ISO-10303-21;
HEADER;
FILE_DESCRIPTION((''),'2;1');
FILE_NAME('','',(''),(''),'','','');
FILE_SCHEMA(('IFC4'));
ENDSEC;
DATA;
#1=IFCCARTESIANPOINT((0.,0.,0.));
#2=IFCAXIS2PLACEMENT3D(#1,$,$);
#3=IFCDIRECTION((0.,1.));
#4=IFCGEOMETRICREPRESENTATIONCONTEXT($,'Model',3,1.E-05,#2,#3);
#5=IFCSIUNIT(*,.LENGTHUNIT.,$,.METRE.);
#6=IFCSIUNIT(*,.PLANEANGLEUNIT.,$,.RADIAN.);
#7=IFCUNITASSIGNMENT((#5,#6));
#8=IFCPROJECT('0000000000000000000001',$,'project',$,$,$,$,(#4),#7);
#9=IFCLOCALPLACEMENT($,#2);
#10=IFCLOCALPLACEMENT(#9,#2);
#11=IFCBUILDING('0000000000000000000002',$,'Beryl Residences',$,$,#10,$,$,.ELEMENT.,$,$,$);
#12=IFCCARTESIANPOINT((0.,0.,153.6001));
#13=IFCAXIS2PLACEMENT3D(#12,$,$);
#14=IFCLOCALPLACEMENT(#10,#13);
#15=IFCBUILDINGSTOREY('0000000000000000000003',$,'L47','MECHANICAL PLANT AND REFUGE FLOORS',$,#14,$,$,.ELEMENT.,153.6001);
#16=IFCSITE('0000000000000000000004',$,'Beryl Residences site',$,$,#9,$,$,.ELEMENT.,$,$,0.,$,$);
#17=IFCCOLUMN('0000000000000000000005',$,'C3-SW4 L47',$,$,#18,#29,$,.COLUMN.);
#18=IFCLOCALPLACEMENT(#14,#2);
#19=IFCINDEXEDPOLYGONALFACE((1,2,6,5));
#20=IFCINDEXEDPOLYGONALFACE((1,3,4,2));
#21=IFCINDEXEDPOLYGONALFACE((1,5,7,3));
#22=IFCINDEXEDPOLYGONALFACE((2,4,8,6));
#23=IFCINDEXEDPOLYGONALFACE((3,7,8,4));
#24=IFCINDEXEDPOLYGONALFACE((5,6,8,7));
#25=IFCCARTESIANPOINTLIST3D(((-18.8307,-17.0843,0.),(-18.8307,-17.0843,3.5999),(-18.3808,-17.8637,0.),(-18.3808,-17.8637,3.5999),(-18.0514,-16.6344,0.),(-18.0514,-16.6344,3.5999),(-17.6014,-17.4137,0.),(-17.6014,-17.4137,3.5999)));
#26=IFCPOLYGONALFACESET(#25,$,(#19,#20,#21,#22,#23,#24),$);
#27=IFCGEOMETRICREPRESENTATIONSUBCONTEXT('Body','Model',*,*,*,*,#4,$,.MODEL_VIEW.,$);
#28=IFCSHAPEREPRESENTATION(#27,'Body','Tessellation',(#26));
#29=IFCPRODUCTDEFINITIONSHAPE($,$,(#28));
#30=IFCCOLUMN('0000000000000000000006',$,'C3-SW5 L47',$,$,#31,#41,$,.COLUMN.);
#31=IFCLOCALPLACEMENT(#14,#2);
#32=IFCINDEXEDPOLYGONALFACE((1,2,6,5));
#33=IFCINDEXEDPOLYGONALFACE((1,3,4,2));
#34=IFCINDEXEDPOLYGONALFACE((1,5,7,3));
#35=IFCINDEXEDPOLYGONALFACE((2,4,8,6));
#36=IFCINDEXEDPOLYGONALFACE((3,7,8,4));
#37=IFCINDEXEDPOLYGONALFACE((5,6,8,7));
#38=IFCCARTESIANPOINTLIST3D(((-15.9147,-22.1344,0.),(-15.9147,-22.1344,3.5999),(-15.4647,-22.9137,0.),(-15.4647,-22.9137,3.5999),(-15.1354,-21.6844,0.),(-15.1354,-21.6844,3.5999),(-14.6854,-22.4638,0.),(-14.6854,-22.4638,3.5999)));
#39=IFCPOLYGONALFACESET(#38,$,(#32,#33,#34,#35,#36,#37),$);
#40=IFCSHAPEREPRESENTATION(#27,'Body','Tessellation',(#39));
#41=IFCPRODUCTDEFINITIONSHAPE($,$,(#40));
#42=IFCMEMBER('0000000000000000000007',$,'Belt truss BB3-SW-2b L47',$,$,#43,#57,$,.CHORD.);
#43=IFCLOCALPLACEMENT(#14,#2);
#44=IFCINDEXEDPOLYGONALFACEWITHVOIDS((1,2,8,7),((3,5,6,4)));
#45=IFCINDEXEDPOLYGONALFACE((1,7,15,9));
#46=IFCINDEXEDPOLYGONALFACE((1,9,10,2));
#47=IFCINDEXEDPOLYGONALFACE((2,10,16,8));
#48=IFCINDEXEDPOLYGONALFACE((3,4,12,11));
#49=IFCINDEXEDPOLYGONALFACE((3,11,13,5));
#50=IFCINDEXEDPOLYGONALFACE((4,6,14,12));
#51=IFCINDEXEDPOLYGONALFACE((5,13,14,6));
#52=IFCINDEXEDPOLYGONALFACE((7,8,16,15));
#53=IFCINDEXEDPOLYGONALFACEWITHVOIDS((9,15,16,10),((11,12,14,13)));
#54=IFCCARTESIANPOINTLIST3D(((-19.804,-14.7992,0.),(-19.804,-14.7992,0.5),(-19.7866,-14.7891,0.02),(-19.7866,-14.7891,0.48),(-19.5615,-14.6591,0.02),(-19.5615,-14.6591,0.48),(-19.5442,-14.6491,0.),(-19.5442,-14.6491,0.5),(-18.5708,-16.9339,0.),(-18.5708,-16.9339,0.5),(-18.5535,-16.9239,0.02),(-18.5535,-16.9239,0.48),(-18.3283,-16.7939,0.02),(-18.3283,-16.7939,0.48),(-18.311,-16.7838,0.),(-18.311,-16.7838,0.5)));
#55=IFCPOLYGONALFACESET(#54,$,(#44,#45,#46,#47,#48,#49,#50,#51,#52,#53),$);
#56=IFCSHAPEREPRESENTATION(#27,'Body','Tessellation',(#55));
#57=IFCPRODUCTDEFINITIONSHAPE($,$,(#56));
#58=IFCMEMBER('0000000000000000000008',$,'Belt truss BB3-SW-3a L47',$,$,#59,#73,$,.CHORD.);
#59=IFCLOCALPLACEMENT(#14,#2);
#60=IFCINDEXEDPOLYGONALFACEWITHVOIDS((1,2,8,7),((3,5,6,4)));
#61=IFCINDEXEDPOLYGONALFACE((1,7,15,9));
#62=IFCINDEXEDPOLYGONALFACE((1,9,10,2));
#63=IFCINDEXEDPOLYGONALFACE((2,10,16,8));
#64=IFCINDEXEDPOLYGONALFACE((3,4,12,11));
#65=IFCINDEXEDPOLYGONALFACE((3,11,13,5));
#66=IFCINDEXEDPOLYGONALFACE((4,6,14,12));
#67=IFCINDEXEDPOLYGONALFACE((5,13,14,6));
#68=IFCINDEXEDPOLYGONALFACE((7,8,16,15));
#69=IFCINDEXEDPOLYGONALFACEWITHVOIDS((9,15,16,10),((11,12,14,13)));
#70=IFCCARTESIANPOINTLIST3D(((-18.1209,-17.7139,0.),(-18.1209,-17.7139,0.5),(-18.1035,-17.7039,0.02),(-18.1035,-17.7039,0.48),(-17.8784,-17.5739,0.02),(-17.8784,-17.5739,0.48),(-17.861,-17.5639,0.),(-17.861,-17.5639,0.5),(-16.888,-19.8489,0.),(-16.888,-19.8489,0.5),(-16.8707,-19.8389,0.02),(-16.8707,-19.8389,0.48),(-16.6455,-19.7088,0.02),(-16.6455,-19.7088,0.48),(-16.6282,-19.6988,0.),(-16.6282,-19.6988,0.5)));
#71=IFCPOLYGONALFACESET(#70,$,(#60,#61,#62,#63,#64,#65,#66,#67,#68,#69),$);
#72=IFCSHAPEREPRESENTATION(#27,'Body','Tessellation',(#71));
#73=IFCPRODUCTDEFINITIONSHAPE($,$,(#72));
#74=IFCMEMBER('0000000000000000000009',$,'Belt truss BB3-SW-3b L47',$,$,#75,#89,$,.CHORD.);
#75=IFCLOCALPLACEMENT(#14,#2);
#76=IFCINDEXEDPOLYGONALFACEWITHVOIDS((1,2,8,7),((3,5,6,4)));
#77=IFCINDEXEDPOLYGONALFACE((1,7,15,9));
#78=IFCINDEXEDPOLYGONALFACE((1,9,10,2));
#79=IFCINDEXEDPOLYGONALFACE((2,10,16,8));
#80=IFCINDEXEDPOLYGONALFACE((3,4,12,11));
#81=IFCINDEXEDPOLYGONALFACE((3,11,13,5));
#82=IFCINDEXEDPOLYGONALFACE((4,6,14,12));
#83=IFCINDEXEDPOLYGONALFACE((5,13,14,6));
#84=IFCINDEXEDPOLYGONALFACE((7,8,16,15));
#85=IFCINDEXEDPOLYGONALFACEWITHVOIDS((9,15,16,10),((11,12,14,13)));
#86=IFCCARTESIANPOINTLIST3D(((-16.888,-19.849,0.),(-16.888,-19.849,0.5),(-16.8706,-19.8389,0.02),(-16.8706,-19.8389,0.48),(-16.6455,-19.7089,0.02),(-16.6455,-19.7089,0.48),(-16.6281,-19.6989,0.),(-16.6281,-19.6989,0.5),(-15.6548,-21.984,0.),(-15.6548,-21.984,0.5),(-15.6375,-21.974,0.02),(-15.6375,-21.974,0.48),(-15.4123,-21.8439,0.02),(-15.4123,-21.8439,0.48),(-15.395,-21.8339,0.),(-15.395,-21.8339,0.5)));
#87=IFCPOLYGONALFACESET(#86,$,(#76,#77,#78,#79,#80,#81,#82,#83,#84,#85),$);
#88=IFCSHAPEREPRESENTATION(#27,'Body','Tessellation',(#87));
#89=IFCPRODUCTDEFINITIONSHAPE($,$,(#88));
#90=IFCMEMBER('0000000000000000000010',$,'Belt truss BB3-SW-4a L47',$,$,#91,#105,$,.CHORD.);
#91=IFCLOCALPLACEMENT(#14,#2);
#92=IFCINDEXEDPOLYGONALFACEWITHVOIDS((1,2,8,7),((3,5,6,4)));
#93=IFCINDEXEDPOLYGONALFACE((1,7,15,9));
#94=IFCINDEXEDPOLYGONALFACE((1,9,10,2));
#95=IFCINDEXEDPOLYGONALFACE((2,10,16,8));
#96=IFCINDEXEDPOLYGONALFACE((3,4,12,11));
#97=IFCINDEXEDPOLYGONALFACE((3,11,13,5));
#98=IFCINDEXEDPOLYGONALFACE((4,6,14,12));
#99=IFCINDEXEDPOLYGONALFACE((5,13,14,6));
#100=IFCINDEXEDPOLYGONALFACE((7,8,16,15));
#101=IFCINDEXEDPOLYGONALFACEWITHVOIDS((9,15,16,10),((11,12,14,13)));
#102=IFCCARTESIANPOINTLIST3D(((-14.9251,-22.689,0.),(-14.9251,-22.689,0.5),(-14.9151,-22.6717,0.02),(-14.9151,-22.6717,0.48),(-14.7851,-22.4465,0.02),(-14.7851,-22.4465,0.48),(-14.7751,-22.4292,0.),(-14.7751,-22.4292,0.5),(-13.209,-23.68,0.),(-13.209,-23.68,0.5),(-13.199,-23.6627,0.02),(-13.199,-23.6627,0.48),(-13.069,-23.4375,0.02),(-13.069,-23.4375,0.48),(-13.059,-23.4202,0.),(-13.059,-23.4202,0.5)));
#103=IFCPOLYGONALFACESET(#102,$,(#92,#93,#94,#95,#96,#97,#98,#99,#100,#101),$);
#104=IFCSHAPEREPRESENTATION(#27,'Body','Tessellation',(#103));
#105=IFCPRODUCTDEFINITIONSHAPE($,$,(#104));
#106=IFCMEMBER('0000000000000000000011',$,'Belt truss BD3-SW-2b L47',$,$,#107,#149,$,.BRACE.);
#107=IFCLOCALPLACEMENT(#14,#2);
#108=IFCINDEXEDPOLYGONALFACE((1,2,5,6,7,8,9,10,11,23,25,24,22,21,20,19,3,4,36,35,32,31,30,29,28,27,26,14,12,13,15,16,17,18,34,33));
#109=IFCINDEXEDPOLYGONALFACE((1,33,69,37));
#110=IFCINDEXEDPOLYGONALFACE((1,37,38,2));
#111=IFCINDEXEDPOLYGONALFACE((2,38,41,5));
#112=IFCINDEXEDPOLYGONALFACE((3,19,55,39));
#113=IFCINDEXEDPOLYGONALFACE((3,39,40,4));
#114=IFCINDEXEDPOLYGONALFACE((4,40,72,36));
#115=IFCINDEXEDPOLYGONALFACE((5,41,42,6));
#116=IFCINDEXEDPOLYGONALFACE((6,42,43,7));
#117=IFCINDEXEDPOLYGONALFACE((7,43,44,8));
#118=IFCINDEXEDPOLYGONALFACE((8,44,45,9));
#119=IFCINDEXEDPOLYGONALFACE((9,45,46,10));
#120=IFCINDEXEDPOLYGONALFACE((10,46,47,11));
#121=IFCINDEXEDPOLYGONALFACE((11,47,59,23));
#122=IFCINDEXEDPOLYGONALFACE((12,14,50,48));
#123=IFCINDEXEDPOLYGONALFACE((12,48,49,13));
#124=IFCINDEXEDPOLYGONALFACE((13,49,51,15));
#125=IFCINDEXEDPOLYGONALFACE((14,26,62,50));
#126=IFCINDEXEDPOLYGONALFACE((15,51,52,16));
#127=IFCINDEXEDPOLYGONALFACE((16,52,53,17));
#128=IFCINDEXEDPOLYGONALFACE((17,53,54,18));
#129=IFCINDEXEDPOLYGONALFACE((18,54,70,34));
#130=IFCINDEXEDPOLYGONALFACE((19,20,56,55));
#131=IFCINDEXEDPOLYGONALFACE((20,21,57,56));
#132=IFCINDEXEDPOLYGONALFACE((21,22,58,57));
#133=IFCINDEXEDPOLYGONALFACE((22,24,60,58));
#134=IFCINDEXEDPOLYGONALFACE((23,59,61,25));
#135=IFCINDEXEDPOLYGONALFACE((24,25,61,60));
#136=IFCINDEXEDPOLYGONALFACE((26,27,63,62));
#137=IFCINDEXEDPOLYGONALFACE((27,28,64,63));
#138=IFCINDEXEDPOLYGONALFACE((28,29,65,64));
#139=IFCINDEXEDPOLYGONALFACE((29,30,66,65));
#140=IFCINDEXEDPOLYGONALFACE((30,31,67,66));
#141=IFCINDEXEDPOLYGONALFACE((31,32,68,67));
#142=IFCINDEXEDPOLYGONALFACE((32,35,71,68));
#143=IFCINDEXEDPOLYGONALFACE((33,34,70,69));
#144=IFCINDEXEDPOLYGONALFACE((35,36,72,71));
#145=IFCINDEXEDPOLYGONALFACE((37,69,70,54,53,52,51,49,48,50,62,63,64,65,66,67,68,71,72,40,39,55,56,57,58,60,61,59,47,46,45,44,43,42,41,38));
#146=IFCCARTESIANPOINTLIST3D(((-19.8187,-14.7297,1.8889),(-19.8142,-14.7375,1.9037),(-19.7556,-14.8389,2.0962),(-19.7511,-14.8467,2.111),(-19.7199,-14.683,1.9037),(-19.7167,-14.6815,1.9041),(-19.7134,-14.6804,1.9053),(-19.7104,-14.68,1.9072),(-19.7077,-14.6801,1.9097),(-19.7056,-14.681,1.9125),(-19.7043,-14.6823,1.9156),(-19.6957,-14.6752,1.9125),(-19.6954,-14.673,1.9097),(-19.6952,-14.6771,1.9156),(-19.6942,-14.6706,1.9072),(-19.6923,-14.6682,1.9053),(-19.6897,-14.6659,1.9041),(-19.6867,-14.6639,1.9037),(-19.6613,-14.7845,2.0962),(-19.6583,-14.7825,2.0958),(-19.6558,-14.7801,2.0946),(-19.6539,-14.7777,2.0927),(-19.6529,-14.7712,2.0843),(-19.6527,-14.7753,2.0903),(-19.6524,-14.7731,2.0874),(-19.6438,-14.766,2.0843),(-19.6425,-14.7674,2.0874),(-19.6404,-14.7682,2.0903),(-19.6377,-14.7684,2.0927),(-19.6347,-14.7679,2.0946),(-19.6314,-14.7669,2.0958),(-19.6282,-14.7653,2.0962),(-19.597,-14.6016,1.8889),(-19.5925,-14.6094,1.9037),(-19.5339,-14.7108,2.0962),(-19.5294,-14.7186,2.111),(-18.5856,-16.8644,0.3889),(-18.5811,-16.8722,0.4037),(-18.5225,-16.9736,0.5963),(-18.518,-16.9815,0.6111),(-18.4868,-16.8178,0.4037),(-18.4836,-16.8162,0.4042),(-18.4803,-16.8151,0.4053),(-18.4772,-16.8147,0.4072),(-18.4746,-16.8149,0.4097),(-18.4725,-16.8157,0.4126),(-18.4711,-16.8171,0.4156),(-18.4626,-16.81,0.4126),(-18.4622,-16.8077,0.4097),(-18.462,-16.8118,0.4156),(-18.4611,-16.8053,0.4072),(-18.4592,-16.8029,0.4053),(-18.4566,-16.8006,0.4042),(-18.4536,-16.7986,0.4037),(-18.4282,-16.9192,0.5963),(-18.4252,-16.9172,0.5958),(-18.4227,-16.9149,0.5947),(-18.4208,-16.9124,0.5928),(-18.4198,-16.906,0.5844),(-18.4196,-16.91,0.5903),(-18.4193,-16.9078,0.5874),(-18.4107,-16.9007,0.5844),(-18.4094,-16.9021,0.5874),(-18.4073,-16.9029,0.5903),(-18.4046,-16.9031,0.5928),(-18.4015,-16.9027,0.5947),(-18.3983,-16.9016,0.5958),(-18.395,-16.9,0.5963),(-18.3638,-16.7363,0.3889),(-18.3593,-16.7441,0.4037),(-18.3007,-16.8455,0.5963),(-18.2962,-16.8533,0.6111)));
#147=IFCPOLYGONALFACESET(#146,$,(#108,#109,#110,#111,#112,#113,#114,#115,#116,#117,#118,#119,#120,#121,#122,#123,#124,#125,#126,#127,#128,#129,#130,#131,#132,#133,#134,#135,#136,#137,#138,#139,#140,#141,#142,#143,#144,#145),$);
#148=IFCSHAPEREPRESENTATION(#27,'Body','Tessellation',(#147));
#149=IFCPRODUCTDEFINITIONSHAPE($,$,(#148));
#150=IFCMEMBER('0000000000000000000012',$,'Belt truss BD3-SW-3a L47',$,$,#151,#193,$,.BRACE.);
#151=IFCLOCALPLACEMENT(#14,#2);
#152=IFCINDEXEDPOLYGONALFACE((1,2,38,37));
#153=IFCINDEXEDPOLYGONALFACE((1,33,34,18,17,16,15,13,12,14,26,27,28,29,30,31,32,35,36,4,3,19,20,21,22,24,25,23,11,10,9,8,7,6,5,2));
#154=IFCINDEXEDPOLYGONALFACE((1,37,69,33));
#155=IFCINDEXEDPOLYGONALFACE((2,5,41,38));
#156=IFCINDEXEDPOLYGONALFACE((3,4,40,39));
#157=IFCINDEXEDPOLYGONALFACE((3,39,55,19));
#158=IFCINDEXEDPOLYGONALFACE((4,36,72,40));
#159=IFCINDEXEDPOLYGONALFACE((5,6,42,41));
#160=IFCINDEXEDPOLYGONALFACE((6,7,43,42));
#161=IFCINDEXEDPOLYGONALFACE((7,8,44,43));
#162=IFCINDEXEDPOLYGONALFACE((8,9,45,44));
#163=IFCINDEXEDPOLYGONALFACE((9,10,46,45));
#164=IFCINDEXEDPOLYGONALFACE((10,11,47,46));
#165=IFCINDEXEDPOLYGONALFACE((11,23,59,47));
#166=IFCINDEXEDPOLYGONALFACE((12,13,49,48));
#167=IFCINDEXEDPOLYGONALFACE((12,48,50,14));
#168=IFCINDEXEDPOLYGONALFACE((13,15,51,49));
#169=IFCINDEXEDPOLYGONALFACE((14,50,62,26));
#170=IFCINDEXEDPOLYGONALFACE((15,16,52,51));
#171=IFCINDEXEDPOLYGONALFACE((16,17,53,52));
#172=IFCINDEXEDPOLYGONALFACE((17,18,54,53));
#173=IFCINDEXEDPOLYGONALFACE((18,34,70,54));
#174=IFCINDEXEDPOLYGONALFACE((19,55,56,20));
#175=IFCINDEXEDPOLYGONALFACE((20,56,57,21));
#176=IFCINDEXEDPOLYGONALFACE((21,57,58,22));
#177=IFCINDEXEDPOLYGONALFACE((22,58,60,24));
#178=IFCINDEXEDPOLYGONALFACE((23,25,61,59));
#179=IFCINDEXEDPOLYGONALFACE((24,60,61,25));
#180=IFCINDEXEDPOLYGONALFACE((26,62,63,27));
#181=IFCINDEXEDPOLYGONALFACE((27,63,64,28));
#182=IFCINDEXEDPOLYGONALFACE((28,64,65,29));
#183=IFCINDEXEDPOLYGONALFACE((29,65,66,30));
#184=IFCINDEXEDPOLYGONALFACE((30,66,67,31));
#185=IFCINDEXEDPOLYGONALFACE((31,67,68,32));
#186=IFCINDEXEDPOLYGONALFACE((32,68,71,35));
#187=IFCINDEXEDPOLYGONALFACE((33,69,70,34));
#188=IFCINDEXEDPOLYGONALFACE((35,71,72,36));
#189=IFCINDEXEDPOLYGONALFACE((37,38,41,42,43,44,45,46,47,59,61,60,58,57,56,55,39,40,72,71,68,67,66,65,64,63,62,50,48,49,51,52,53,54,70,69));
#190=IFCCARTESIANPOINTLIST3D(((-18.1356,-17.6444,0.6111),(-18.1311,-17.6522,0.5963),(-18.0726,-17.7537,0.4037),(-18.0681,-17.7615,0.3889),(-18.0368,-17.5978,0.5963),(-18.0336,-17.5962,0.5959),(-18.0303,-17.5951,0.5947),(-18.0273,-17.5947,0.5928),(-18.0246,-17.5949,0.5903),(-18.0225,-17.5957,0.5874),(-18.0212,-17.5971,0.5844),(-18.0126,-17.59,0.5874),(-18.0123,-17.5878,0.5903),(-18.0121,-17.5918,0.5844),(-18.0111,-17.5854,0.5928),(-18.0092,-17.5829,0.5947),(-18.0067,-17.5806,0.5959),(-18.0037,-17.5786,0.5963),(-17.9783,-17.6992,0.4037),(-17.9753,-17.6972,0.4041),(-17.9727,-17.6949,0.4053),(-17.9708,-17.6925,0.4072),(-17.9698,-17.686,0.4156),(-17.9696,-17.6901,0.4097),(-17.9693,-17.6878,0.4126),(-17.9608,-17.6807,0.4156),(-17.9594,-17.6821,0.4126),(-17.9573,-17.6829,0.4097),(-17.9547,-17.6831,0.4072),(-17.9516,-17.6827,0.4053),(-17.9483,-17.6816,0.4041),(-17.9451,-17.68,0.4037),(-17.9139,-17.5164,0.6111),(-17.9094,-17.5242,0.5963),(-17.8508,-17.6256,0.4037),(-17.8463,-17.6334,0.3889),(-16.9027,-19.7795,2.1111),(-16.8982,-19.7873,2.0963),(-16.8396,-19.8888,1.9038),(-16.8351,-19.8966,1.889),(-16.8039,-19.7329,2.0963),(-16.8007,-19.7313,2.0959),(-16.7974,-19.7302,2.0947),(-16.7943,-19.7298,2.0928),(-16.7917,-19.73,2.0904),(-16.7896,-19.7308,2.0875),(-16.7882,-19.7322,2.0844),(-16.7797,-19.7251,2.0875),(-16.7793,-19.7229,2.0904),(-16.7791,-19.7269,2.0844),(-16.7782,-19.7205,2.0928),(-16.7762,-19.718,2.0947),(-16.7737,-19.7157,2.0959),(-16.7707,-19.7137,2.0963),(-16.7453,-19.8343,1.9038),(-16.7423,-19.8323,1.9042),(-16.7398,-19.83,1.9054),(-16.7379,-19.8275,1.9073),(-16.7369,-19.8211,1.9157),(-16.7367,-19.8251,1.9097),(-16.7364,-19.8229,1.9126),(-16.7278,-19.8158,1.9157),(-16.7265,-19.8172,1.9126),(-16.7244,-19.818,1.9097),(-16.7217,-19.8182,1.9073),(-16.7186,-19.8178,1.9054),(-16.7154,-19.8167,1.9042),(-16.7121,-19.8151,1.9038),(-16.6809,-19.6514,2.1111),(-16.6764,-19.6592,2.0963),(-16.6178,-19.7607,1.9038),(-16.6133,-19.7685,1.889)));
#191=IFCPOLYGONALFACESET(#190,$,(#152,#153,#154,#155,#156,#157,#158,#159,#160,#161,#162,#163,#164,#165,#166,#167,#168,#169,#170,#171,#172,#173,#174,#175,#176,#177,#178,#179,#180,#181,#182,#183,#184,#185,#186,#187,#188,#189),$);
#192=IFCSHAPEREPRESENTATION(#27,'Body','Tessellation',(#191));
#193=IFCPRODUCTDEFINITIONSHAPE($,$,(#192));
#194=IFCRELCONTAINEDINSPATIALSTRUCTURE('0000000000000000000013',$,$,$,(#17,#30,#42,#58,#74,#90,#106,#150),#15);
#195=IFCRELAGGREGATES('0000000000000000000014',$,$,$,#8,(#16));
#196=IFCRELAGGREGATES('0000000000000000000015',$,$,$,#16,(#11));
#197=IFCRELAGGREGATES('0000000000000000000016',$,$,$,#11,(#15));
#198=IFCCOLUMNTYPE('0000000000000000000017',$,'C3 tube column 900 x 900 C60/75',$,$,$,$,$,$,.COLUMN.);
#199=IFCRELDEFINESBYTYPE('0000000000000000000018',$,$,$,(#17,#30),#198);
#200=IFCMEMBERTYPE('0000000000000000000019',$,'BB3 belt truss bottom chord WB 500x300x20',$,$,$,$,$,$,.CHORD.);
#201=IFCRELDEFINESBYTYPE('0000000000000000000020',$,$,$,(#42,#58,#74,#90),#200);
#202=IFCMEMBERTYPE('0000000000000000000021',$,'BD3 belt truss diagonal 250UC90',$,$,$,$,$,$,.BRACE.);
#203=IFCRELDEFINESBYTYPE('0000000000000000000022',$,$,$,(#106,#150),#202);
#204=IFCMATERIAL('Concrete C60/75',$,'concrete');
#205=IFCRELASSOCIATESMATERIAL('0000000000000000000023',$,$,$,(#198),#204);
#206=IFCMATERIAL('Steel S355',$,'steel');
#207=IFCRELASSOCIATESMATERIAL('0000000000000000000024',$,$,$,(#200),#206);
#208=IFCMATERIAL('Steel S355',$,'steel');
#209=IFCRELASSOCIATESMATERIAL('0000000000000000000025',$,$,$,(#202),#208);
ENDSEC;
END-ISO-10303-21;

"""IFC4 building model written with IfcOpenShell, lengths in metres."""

from ifc_helpers import new_model, si_unit, direction, frame, origin, origin_2d, place, context, subcontext, project, spatial, rectangle, hollow_rectangle, i_section, extrude, material, material_profile, profile_set, type_object, element, save


model = new_model("IFC4")

# Units and contexts
model_context = context("Model", 3, precision=1e-05, world=origin(), true_north=direction((0.0, 1.0)))
body_context = subcontext(model_context, "Body", "Model", "MODEL_VIEW")
ifc_project = project(units=[si_unit("LENGTHUNIT", "METRE"), si_unit("PLANEANGLEUNIT", "RADIAN")], contexts=[model_context])

# Site, building, storey
site_placement = place(None, origin())
site = spatial("IfcSite", under=ifc_project, at=site_placement, Name="Beryl Residences site", CompositionType="ELEMENT", RefElevation=0.0)
building_placement = place(site_placement, origin())
building = spatial("IfcBuilding", under=site, at=building_placement, Name="Beryl Residences", CompositionType="ELEMENT")
storey_placement = place(building_placement, frame((0.0, 0.0, 153.6001)))
storey = spatial("IfcBuildingStorey", under=building, at=storey_placement, Name="L47", Description="MECHANICAL PLANT AND REFUGE FLOORS", CompositionType="ELEMENT", Elevation=153.6001)

# Columns
ifc_material_1 = material(Name="Concrete C60/75", Category="concrete")
ifc_material_profile_1 = material_profile(ifc_material_1, rectangle(XDim=0.8999, YDim=0.8999, at=origin_2d()))
ifc_profile_set_1 = profile_set([ifc_material_profile_1], Name="Concrete C60/75")
column_type = type_object("IfcColumnType", Name="C3 tube column 900 x 900 C60/75", PredefinedType="COLUMN", material=ifc_profile_set_1)
for number, where, z_axis, x_axis, name in (
    (1, (-18.2161, -17.249, 0.0), (0.0, 0.0, 1.0), (0.5, -0.866025, 0.0), "C3-SW4 L47"),
    (2, (-15.3, -22.2991, 0.0), (0.0, 0.0, 1.0), (0.5, -0.866025, 0.0), "C3-SW5 L47"),
):
    element("IfcColumn", number, at=place(storey_placement, frame(where, z_axis=z_axis, x_axis=x_axis)), inside=storey, type_object=column_type, Name=name, PredefinedType="COLUMN", context=body_context, shape_type="SweptSolid", body=[
        extrude(rectangle(XDim=0.8999, YDim=0.8999, at=origin_2d()), origin(), (0.0, 0.0, 1.0), 3.5999),
    ])

# Members
ifc_material_2 = material(Name="Steel S355", Category="steel")
ifc_material_profile_2 = material_profile(ifc_material_2, hollow_rectangle(XDim=0.3, YDim=0.5, WallThickness=0.02, at=origin_2d()))
ifc_profile_set_2 = profile_set([ifc_material_profile_2], Name="Steel S355")
member_type_1 = type_object("IfcMemberType", Name="BB3 belt truss bottom chord WB 500x300x20", PredefinedType="CHORD", material=ifc_profile_set_2)
for number, where, z_axis, x_axis, name in (
    (3, (-19.6741, -14.7241, 0.25), (0.500197, -0.865912, 0.0), (0.865912, 0.500197, 0.0), "Belt truss BB3-SW-2b L47"),
    (4, (-17.991, -17.6389, 0.25), (0.50008, -0.865979, 0.0), (0.865979, 0.50008, 0.0), "Belt truss BB3-SW-3a L47"),
):
    element("IfcMember", number, at=place(storey_placement, frame(where, z_axis=z_axis, x_axis=x_axis)), inside=storey, type_object=member_type_1, Name=name, PredefinedType="CHORD", context=body_context, shape_type="SweptSolid", body=[
        extrude(hollow_rectangle(XDim=0.3, YDim=0.5, WallThickness=0.02, at=origin_2d()), origin(), (0.0, 0.0, 1.0), 2.4653),
    ])
member_1_placement = place(storey_placement, frame((-16.7581, -19.7739, 0.25), z_axis=(0.500154, -0.865937, 0.0), x_axis=(0.865937, 0.500154, 0.0)))
element("IfcMember", 5, at=member_1_placement, inside=storey, type_object=member_type_1, Name="Belt truss BB3-SW-3b L47", PredefinedType="CHORD", context=body_context, shape_type="SweptSolid", body=[
    extrude(hollow_rectangle(XDim=0.3, YDim=0.5, WallThickness=0.02, at=origin_2d()), origin(), (0.0, 0.0, 1.0), 2.4656),
])
member_2_placement = place(storey_placement, frame((-14.8501, -22.5591, 0.25), z_axis=(0.865982, -0.500074, 0.0), x_axis=(0.500074, 0.865982, 0.0)))
element("IfcMember", 6, at=member_2_placement, inside=storey, type_object=member_type_1, Name="Belt truss BB3-SW-4a L47", PredefinedType="CHORD", context=body_context, shape_type="SweptSolid", body=[
    extrude(hollow_rectangle(XDim=0.3, YDim=0.5, WallThickness=0.02, at=origin_2d()), origin(), (0.0, 0.0, 1.0), 1.9817),
])
ifc_material_3 = material(Name="Steel S355", Category="steel")
ifc_material_profile_3 = material_profile(ifc_material_3, i_section(OverallWidth=0.2561, OverallDepth=0.26, WebThickness=0.0105, FlangeThickness=0.0173, FilletRadius=0.0139, at=origin_2d()))
ifc_profile_set_3 = profile_set([ifc_material_profile_3], Name="Steel S355")
member_type_2 = type_object("IfcMemberType", Name="BD3 belt truss diagonal 250UC90", PredefinedType="BRACE", material=ifc_profile_set_3)
member_3_placement = place(storey_placement, frame((-18.4409, -16.8589, 0.5), z_axis=(-0.427317, 0.739746, 0.519785), x_axis=(-0.865912, -0.500197, 0.0)))
element("IfcMember", 7, at=member_3_placement, inside=storey, type_object=member_type_2, Name="Belt truss BD3-SW-2b L47", PredefinedType="BRACE", context=body_context, shape_type="SweptSolid", body=[
    extrude(i_section(OverallWidth=0.2561, OverallDepth=0.26, WebThickness=0.0105, FlangeThickness=0.0173, FilletRadius=0.0139, at=origin_2d()), origin(), (0.0, 0.0, 1.0), 2.8857),
])
for number, where, z_axis, x_axis, name in (
    (8, (-17.991, -17.6389, 0.5), (0.427221, -0.739811, 0.519771), (0.865979, 0.50008, 0.0), "Belt truss BD3-SW-3a L47"),
):
    element("IfcMember", number, at=place(storey_placement, frame(where, z_axis=z_axis, x_axis=x_axis)), inside=storey, type_object=member_type_2, Name=name, PredefinedType="BRACE", context=body_context, shape_type="SweptSolid", body=[
        extrude(i_section(OverallWidth=0.2561, OverallDepth=0.26, WebThickness=0.0105, FlangeThickness=0.0173, FilletRadius=0.0139, at=origin_2d()), origin(), (0.0, 0.0, 1.0), 2.886),
    ])

save(model, "model.ifc")
